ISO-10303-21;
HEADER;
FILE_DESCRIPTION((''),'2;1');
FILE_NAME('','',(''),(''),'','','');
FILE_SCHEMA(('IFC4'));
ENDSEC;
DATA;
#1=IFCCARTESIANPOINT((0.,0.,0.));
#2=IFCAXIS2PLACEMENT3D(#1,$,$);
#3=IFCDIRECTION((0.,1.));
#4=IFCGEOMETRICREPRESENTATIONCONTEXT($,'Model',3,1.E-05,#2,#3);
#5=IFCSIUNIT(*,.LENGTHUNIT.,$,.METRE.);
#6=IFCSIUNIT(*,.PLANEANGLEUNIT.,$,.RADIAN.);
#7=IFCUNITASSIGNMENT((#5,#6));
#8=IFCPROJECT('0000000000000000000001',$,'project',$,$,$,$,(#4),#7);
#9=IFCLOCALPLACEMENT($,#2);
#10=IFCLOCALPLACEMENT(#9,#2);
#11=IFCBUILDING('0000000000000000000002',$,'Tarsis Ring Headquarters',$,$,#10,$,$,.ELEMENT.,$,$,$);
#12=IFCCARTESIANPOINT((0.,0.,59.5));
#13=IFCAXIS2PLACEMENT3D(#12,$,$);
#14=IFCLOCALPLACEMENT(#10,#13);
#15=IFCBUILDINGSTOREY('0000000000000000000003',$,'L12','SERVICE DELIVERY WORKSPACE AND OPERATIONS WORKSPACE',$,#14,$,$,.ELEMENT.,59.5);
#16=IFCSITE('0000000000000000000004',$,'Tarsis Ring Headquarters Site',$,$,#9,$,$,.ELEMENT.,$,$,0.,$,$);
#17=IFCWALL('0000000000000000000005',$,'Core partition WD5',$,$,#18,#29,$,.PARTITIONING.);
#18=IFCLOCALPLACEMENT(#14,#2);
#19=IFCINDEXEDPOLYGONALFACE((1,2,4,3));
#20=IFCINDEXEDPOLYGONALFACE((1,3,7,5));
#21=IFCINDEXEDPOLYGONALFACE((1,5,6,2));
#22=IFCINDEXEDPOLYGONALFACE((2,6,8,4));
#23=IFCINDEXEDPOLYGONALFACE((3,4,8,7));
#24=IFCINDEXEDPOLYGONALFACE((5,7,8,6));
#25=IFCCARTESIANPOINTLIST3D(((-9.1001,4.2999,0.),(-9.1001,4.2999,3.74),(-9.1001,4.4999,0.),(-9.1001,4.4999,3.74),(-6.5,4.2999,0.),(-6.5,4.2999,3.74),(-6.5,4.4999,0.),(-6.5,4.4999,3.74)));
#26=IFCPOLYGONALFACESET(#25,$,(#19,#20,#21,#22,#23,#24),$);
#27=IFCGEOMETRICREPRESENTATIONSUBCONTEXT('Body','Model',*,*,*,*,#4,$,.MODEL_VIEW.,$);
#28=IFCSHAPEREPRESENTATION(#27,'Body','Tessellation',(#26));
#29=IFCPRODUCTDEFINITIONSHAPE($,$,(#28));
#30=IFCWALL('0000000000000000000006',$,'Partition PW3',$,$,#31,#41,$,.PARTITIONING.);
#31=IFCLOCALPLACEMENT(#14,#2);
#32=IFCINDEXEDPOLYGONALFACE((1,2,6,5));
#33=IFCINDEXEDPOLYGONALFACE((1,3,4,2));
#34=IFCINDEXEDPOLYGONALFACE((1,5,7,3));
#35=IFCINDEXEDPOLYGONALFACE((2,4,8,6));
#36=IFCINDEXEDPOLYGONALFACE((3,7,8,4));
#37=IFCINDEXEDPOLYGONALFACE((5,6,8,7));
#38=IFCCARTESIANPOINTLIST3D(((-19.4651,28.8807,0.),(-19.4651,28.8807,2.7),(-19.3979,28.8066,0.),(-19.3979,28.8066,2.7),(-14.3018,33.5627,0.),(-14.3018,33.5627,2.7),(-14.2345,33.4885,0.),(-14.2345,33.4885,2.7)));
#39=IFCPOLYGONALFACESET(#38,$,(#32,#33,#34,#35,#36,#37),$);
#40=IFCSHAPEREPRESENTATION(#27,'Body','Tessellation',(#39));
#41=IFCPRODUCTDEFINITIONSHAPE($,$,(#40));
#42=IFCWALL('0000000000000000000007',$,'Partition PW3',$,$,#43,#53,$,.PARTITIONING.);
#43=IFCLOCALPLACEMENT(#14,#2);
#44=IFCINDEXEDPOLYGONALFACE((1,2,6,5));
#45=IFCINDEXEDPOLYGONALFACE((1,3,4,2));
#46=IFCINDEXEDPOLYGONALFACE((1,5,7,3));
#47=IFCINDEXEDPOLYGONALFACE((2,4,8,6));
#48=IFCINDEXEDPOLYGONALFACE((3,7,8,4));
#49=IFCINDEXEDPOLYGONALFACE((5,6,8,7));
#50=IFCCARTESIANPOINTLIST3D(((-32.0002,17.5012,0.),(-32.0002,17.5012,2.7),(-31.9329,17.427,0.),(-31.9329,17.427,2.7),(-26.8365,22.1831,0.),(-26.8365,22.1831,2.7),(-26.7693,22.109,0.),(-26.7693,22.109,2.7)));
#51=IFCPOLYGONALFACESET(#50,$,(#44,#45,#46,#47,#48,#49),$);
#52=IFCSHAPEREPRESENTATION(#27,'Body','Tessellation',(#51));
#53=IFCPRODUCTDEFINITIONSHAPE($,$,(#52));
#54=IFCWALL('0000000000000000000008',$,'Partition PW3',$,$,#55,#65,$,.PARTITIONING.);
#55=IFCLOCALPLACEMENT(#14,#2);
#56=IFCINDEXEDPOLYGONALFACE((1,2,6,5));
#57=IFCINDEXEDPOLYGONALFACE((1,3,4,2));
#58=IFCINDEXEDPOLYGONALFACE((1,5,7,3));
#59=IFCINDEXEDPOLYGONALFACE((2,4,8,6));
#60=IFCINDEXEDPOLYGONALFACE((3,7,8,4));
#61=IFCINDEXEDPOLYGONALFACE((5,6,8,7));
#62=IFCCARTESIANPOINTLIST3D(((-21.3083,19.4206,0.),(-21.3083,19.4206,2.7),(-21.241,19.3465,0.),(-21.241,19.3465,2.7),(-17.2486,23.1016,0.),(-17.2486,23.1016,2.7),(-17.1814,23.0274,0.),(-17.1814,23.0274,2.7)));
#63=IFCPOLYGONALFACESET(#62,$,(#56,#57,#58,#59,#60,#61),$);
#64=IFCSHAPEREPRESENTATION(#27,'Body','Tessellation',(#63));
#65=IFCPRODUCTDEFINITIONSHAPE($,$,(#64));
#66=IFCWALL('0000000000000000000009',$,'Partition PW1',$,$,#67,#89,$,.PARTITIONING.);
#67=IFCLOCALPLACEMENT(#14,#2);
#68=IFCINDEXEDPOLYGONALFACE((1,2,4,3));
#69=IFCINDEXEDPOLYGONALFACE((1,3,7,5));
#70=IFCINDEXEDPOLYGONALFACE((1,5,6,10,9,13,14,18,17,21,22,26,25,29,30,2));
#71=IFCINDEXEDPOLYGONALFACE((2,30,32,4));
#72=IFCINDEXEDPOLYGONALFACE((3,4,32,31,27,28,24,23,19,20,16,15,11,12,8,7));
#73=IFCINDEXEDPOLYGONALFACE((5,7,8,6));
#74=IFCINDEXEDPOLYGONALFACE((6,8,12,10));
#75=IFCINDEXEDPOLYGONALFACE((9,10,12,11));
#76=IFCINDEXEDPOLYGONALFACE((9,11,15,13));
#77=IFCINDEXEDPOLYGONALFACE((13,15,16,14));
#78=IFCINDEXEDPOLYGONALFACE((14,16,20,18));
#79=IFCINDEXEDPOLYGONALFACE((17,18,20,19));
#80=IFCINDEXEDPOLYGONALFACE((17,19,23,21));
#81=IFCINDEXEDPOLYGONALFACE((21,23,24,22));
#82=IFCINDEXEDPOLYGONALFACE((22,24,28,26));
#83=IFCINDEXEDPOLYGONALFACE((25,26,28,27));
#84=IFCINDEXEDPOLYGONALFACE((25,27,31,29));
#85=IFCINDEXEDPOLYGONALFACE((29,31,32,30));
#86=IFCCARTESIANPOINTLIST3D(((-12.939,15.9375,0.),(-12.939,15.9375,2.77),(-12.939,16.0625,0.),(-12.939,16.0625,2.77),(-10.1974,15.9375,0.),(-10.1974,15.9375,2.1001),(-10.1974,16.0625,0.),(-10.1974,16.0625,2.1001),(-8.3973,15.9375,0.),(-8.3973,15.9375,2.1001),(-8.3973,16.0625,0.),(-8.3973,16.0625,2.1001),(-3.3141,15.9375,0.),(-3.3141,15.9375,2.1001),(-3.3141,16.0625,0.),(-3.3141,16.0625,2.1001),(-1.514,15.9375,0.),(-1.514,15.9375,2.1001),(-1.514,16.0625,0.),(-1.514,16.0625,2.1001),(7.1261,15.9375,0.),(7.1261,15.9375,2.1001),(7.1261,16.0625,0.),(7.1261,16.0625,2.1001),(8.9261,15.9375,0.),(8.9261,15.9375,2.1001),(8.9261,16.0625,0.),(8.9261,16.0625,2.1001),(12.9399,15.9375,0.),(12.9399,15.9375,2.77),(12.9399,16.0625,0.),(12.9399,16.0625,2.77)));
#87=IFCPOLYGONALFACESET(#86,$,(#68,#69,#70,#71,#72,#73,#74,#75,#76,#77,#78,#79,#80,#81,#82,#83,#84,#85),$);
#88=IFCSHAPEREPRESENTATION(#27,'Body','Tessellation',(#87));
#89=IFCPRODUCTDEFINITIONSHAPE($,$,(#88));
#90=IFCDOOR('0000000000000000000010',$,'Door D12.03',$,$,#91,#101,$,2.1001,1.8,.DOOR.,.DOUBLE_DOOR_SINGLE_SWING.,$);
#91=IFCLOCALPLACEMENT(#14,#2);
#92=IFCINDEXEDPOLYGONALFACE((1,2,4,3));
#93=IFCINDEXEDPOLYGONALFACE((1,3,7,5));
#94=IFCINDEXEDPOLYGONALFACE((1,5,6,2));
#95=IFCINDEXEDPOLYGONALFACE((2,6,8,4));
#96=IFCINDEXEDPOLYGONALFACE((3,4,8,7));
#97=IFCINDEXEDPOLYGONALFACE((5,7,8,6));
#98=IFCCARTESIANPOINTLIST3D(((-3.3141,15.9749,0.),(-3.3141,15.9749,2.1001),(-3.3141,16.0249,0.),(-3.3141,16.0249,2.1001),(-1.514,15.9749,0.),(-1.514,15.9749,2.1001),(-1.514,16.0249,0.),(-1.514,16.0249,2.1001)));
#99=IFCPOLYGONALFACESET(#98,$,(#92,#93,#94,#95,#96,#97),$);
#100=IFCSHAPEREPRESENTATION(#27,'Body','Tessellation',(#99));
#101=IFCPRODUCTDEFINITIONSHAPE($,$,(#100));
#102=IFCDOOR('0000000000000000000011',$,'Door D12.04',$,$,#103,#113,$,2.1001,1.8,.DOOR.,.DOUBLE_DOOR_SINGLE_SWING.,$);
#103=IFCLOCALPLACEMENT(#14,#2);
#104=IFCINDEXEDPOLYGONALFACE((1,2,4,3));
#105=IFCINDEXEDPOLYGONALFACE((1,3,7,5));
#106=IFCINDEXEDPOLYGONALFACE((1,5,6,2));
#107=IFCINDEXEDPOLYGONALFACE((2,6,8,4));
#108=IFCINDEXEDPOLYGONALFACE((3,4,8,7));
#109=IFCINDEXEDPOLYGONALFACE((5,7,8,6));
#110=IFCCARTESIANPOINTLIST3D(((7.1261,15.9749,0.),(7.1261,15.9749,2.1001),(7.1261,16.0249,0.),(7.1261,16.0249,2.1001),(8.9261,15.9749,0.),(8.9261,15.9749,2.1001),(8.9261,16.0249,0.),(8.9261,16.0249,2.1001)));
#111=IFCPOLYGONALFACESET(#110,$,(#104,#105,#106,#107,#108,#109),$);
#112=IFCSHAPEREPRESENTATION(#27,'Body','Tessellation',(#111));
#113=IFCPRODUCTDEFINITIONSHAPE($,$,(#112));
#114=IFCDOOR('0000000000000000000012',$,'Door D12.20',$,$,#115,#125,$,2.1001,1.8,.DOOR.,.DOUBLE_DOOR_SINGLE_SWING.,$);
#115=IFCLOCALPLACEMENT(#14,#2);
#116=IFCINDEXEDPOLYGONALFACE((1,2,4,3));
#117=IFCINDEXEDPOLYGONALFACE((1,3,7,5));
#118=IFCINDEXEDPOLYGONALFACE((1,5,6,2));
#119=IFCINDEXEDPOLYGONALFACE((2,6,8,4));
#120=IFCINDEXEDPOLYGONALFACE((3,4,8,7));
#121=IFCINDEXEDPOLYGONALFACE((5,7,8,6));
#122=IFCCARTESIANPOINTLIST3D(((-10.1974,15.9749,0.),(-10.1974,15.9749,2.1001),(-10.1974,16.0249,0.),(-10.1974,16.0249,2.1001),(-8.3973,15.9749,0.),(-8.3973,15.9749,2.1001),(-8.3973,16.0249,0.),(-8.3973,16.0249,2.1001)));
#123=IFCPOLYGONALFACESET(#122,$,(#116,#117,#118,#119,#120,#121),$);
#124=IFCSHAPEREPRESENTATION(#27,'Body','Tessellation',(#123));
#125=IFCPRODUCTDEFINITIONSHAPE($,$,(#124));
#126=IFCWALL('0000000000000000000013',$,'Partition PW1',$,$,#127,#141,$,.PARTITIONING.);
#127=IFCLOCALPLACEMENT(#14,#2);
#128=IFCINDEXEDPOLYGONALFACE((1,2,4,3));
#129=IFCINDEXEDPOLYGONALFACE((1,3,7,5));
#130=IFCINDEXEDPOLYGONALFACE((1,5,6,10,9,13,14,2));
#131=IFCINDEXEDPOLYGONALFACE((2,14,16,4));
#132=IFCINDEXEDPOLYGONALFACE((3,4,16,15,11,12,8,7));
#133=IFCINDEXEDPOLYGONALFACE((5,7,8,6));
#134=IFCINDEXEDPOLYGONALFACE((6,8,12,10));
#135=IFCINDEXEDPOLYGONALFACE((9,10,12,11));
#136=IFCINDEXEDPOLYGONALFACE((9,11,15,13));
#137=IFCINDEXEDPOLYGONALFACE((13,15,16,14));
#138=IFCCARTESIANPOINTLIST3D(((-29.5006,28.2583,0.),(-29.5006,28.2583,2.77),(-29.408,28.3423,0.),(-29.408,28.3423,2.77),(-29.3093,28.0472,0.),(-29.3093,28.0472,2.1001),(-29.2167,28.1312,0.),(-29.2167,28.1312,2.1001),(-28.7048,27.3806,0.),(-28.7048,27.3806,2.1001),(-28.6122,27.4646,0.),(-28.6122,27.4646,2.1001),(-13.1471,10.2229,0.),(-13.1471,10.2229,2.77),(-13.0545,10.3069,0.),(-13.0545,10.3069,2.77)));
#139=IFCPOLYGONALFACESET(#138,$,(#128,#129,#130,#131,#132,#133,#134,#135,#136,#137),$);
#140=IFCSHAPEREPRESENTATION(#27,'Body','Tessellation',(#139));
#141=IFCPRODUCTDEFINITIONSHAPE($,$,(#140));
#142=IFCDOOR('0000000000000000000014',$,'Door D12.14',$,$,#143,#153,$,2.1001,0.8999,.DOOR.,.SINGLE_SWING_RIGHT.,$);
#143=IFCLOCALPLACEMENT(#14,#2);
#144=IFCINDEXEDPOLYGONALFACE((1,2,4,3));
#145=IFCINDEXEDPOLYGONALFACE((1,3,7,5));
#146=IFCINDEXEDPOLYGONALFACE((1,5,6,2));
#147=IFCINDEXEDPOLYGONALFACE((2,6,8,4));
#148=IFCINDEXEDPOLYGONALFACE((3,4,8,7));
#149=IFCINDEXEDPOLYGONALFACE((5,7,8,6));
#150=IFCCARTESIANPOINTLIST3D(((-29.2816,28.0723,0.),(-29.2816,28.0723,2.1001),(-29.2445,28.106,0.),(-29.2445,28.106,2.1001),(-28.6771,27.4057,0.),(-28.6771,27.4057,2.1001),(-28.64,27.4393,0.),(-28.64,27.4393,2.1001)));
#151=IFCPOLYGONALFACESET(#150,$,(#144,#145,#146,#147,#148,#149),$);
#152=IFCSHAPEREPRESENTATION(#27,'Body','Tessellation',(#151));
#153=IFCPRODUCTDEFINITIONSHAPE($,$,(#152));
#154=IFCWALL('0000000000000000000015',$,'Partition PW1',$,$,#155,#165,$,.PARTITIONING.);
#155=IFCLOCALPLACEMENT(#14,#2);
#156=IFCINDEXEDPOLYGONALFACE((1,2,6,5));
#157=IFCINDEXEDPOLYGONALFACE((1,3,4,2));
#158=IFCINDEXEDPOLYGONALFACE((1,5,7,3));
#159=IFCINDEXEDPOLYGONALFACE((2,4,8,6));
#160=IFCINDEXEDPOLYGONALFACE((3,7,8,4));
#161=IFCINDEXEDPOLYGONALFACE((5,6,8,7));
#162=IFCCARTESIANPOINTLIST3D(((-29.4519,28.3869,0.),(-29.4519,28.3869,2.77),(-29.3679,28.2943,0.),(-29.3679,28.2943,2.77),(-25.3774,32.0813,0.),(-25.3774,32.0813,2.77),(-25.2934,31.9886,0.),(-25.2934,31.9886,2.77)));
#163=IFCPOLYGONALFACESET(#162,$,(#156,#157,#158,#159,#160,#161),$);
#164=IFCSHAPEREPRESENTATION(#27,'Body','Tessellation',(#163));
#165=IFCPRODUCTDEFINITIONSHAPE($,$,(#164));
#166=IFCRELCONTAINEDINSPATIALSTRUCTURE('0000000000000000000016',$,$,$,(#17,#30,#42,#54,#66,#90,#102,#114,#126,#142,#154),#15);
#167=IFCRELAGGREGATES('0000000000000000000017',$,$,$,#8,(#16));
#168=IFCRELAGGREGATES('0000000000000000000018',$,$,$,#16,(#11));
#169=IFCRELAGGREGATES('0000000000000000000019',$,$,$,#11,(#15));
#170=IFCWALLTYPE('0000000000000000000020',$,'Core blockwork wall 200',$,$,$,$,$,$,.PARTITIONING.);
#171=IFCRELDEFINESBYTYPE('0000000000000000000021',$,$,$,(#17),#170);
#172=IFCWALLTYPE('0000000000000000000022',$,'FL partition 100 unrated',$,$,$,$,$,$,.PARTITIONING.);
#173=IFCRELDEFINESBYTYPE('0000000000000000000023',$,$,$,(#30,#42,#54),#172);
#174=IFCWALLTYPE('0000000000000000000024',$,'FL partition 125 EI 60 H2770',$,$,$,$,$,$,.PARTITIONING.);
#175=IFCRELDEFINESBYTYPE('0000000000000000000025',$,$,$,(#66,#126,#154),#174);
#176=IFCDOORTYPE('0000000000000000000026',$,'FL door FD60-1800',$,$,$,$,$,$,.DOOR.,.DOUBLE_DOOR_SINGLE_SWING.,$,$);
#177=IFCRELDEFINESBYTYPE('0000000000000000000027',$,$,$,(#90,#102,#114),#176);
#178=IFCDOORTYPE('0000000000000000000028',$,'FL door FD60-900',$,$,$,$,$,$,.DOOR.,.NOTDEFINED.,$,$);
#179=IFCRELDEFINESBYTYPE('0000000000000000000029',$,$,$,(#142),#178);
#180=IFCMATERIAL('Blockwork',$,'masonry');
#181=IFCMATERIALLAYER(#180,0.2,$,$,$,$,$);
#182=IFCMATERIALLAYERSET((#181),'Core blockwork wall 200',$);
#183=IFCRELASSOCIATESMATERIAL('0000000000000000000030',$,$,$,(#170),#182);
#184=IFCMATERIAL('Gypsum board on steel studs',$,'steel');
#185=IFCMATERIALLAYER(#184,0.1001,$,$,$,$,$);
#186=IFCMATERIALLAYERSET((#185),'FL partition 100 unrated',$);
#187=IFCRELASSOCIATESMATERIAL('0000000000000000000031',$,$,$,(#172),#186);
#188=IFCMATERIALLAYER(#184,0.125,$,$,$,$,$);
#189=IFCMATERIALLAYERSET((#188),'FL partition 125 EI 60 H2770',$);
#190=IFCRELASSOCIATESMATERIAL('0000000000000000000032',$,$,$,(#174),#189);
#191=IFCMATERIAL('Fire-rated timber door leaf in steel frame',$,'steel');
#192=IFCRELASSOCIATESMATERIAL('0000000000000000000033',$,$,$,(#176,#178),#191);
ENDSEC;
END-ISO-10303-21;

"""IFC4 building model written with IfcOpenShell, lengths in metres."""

from ifc_helpers import new_model, si_unit, direction, frame, frame_2d, origin, place, context, subcontext, project, spatial, rectangle, extrude, material, layer, layer_set, type_object, element, fill, save


model = new_model("IFC4")

# Units and contexts
model_context = context("Model", 3, precision=1e-05, world=origin(), true_north=direction((0.0, 1.0)))
body_context = subcontext(model_context, "Body", "Model", "MODEL_VIEW")
ifc_project = project(units=[si_unit("LENGTHUNIT", "METRE"), si_unit("PLANEANGLEUNIT", "RADIAN")], contexts=[model_context])

# Site, building, storey
site_placement = place(None, origin())
site = spatial("IfcSite", under=ifc_project, at=site_placement, Name="Tarsis Ring Headquarters Site", CompositionType="ELEMENT", RefElevation=0.0)
building_placement = place(site_placement, origin())
building = spatial("IfcBuilding", under=site, at=building_placement, Name="Tarsis Ring Headquarters", CompositionType="ELEMENT")
storey_placement = place(building_placement, frame((0.0, 0.0, 59.5)))
storey = spatial("IfcBuildingStorey", under=building, at=storey_placement, Name="L12", Description="SERVICE DELIVERY WORKSPACE AND OPERATIONS WORKSPACE", CompositionType="ELEMENT", Elevation=59.5)

# Walls
ifc_material_1 = material(Name="Blockwork", Category="masonry")
ifc_layer_1 = layer(ifc_material_1, 0.2)
ifc_layer_set_1 = layer_set([ifc_layer_1], Name="Core blockwork wall 200")
wall_type_1 = type_object("IfcWallType", Name="Core blockwork wall 200", PredefinedType="PARTITIONING", material=ifc_layer_set_1)
wall_1_placement = place(storey_placement, frame((-9.1001, 4.3999, 0.0), z_axis=(0.0, 0.0, 1.0), x_axis=(1.0, 0.0, 0.0)))
element("IfcWall", 1, at=wall_1_placement, inside=storey, type_object=wall_type_1, Name="Core partition WD5", PredefinedType="PARTITIONING", context=body_context, shape_type="SweptSolid", body=[
    extrude(rectangle(XDim=2.6001, YDim=0.2, at=frame_2d((1.3, 0.0))), origin(), (0.0, 0.0, 1.0), 3.74),
])
ifc_material_2 = material(Name="Gypsum board on steel studs", Category="steel")
ifc_layer_2 = layer(ifc_material_2, 0.1001)
ifc_layer_set_2 = layer_set([ifc_layer_2], Name="FL partition 100 unrated")
wall_type_2 = type_object("IfcWallType", Name="FL partition 100 unrated", PredefinedType="PARTITIONING", material=ifc_layer_set_2)
wall_2_placement = place(storey_placement, frame((-19.4314, 28.8438, 0.0), z_axis=(0.0, 0.0, 1.0), x_axis=(0.7408, 0.671726, 0.0)))
element("IfcWall", 2, at=wall_2_placement, inside=storey, type_object=wall_type_2, Name="Partition PW3", PredefinedType="PARTITIONING", context=body_context, shape_type="SweptSolid", body=[
    extrude(rectangle(XDim=6.97, YDim=0.1001, at=frame_2d((3.4849, 0.0))), origin(), (0.0, 0.0, 1.0), 2.7),
])
wall_3_placement = place(storey_placement, frame((-31.9666, 17.4641, 0.0), z_axis=(0.0, 0.0, 1.0), x_axis=(0.740816, 0.671708, 0.0)))
element("IfcWall", 3, at=wall_3_placement, inside=storey, type_object=wall_type_2, Name="Partition PW3", PredefinedType="PARTITIONING", context=body_context, shape_type="SweptSolid", body=[
    extrude(rectangle(XDim=6.9702, YDim=0.1001, at=frame_2d((3.4851, 0.0))), origin(), (0.0, 0.0, 1.0), 2.7),
])
wall_4_placement = place(storey_placement, frame((-21.2747, 19.3835, 0.0), z_axis=(0.0, 0.0, 1.0), x_axis=(0.740812, 0.671712, 0.0)))
element("IfcWall", 4, at=wall_4_placement, inside=storey, type_object=wall_type_2, Name="Partition PW3", PredefinedType="PARTITIONING", context=body_context, shape_type="SweptSolid", body=[
    extrude(rectangle(XDim=5.48, YDim=0.1001, at=frame_2d((2.74, 0.0))), origin(), (0.0, 0.0, 1.0), 2.7),
])

# Wall, openings, doors
ifc_layer_3 = layer(ifc_material_2, 0.125)
ifc_layer_set_3 = layer_set([ifc_layer_3], Name="FL partition 125 EI 60 H2770")
wall_type_3 = type_object("IfcWallType", Name="FL partition 125 EI 60 H2770", PredefinedType="PARTITIONING", material=ifc_layer_set_3)
wall_5_placement = place(storey_placement, frame((-12.939, 16.0, 0.0), z_axis=(0.0, 0.0, 1.0), x_axis=(1.0, 0.0, 0.0)))
wall_5 = element("IfcWall", 5, at=wall_5_placement, inside=storey, type_object=wall_type_3, Name="Partition PW1", PredefinedType="PARTITIONING", context=body_context, shape_type="SweptSolid", body=[
    extrude(rectangle(XDim=25.8789, YDim=0.125, at=frame_2d((12.9395, 0.0))), origin(), (0.0, 0.0, 1.0), 2.77),
])
opening_1_placement = place(wall_5_placement, frame((9.625, 0.0, 0.0)))
opening_1 = element("IfcOpeningElement", 6, at=opening_1_placement, cuts=wall_5, PredefinedType="OPENING", context=body_context, shape_type="SweptSolid", body=[
    extrude(rectangle(XDim=1.8, YDim=2.1001, at=frame_2d((0.8999, 1.05))), frame((0.0, 0.0725, 0.0), z_axis=(0.0, -1.0, 0.0), x_axis=(1.0, 0.0, 0.0)), (0.0, 0.0, 1.0), 0.145),
])
opening_2_placement = place(wall_5_placement, frame((20.0652, 0.0, 0.0)))
opening_2 = element("IfcOpeningElement", 7, at=opening_2_placement, cuts=wall_5, PredefinedType="OPENING", context=body_context, shape_type="SweptSolid", body=[
    extrude(rectangle(XDim=1.8, YDim=2.1001, at=frame_2d((0.8999, 1.05))), frame((0.0, 0.0725, 0.0), z_axis=(0.0, -1.0, 0.0), x_axis=(1.0, 0.0, 0.0)), (0.0, 0.0, 1.0), 0.145),
])
opening_3_placement = place(wall_5_placement, frame((2.7417, 0.0, 0.0)))
opening_3 = element("IfcOpeningElement", 8, at=opening_3_placement, cuts=wall_5, PredefinedType="OPENING", context=body_context, shape_type="SweptSolid", body=[
    extrude(rectangle(XDim=1.8, YDim=2.1001, at=frame_2d((0.8999, 1.05))), frame((0.0, 0.0725, 0.0), z_axis=(0.0, -1.0, 0.0), x_axis=(1.0, 0.0, 0.0)), (0.0, 0.0, 1.0), 0.145),
])
ifc_material_3 = material(Name="Fire-rated timber door leaf in steel frame", Category="steel")
door_type_1 = type_object("IfcDoorType", Name="FL door FD60-1800", OperationType="DOUBLE_DOOR_SINGLE_SWING", PredefinedType="DOOR", material=ifc_material_3)
door_1_placement = place(opening_1_placement, origin())
door_1 = element("IfcDoor", 9, at=door_1_placement, inside=storey, type_object=door_type_1, Name="Door D12.03", OperationType="DOUBLE_DOOR_SINGLE_SWING", OverallHeight=2.1001, OverallWidth=1.8, PredefinedType="DOOR", context=body_context, shape_type="SweptSolid", body=[
    extrude(rectangle(XDim=1.8, YDim=2.1001, at=frame_2d((0.8999, 1.05))), frame((0.0, 0.0249, 0.0), z_axis=(0.0, -1.0, 0.0), x_axis=(1.0, 0.0, 0.0)), (0.0, 0.0, 1.0), 0.05),
])
fill(opening_1, door_1)
door_2_placement = place(opening_2_placement, origin())
door_2 = element("IfcDoor", 10, at=door_2_placement, inside=storey, type_object=door_type_1, Name="Door D12.04", OperationType="DOUBLE_DOOR_SINGLE_SWING", OverallHeight=2.1001, OverallWidth=1.8, PredefinedType="DOOR", context=body_context, shape_type="SweptSolid", body=[
    extrude(rectangle(XDim=1.8, YDim=2.1001, at=frame_2d((0.8999, 1.05))), frame((0.0, 0.0249, 0.0), z_axis=(0.0, -1.0, 0.0), x_axis=(1.0, 0.0, 0.0)), (0.0, 0.0, 1.0), 0.05),
])
fill(opening_2, door_2)
door_3_placement = place(opening_3_placement, origin())
door_3 = element("IfcDoor", 11, at=door_3_placement, inside=storey, type_object=door_type_1, Name="Door D12.20", OperationType="DOUBLE_DOOR_SINGLE_SWING", OverallHeight=2.1001, OverallWidth=1.8, PredefinedType="DOOR", context=body_context, shape_type="SweptSolid", body=[
    extrude(rectangle(XDim=1.8, YDim=2.1001, at=frame_2d((0.8999, 1.05))), frame((0.0, 0.0249, 0.0), z_axis=(0.0, -1.0, 0.0), x_axis=(1.0, 0.0, 0.0)), (0.0, 0.0, 1.0), 0.05),
])
fill(opening_3, door_3)

# Wall, opening, door
wall_6_placement = place(storey_placement, frame((-29.4543, 28.3003, 0.0), z_axis=(0.0, 0.0, 1.0), x_axis=(0.671721, -0.740804, 0.0)))
wall_6 = element("IfcWall", 12, at=wall_6_placement, inside=storey, type_object=wall_type_3, Name="Partition PW1", PredefinedType="PARTITIONING", context=body_context, shape_type="SweptSolid", body=[
    extrude(rectangle(XDim=24.3457, YDim=0.125, at=frame_2d((12.1729, 0.0))), origin(), (0.0, 0.0, 1.0), 2.77),
])
opening_4_placement = place(wall_6_placement, frame((0.2849, 0.0, 0.0)))
opening_4 = element("IfcOpeningElement", 13, at=opening_4_placement, cuts=wall_6, PredefinedType="OPENING", context=body_context, shape_type="SweptSolid", body=[
    extrude(rectangle(XDim=0.8999, YDim=2.1001, at=frame_2d((0.45, 1.05))), frame((0.0, 0.0725, 0.0), z_axis=(0.0, -1.0, 0.0), x_axis=(1.0, 0.0, 0.0)), (0.0, 0.0, 1.0), 0.145),
])
door_type_2 = type_object("IfcDoorType", Name="FL door FD60-900", OperationType="NOTDEFINED", PredefinedType="DOOR", material=ifc_material_3)
door_4_placement = place(opening_4_placement, origin())
door_4 = element("IfcDoor", 14, at=door_4_placement, inside=storey, type_object=door_type_2, Name="Door D12.14", OperationType="SINGLE_SWING_RIGHT", OverallHeight=2.1001, OverallWidth=0.8999, PredefinedType="DOOR", context=body_context, shape_type="SweptSolid", body=[
    extrude(rectangle(XDim=0.8999, YDim=2.1001, at=frame_2d((0.45, 1.05))), frame((0.0, 0.0249, 0.0), z_axis=(0.0, -1.0, 0.0), x_axis=(1.0, 0.0, 0.0)), (0.0, 0.0, 1.0), 0.05),
])
fill(opening_4, door_4)

# Wall
wall_7_placement = place(storey_placement, frame((-29.4099, 28.3406, 0.0), z_axis=(0.0, 0.0, 1.0), x_axis=(0.740819, 0.671704, 0.0)))
element("IfcWall", 15, at=wall_7_placement, inside=storey, type_object=wall_type_3, Name="Partition PW1", PredefinedType="PARTITIONING", context=body_context, shape_type="SweptSolid", body=[
    extrude(rectangle(XDim=5.5, YDim=0.125, at=frame_2d((2.75, 0.0))), origin(), (0.0, 0.0, 1.0), 2.77),
])

save(model, "model.ifc")
